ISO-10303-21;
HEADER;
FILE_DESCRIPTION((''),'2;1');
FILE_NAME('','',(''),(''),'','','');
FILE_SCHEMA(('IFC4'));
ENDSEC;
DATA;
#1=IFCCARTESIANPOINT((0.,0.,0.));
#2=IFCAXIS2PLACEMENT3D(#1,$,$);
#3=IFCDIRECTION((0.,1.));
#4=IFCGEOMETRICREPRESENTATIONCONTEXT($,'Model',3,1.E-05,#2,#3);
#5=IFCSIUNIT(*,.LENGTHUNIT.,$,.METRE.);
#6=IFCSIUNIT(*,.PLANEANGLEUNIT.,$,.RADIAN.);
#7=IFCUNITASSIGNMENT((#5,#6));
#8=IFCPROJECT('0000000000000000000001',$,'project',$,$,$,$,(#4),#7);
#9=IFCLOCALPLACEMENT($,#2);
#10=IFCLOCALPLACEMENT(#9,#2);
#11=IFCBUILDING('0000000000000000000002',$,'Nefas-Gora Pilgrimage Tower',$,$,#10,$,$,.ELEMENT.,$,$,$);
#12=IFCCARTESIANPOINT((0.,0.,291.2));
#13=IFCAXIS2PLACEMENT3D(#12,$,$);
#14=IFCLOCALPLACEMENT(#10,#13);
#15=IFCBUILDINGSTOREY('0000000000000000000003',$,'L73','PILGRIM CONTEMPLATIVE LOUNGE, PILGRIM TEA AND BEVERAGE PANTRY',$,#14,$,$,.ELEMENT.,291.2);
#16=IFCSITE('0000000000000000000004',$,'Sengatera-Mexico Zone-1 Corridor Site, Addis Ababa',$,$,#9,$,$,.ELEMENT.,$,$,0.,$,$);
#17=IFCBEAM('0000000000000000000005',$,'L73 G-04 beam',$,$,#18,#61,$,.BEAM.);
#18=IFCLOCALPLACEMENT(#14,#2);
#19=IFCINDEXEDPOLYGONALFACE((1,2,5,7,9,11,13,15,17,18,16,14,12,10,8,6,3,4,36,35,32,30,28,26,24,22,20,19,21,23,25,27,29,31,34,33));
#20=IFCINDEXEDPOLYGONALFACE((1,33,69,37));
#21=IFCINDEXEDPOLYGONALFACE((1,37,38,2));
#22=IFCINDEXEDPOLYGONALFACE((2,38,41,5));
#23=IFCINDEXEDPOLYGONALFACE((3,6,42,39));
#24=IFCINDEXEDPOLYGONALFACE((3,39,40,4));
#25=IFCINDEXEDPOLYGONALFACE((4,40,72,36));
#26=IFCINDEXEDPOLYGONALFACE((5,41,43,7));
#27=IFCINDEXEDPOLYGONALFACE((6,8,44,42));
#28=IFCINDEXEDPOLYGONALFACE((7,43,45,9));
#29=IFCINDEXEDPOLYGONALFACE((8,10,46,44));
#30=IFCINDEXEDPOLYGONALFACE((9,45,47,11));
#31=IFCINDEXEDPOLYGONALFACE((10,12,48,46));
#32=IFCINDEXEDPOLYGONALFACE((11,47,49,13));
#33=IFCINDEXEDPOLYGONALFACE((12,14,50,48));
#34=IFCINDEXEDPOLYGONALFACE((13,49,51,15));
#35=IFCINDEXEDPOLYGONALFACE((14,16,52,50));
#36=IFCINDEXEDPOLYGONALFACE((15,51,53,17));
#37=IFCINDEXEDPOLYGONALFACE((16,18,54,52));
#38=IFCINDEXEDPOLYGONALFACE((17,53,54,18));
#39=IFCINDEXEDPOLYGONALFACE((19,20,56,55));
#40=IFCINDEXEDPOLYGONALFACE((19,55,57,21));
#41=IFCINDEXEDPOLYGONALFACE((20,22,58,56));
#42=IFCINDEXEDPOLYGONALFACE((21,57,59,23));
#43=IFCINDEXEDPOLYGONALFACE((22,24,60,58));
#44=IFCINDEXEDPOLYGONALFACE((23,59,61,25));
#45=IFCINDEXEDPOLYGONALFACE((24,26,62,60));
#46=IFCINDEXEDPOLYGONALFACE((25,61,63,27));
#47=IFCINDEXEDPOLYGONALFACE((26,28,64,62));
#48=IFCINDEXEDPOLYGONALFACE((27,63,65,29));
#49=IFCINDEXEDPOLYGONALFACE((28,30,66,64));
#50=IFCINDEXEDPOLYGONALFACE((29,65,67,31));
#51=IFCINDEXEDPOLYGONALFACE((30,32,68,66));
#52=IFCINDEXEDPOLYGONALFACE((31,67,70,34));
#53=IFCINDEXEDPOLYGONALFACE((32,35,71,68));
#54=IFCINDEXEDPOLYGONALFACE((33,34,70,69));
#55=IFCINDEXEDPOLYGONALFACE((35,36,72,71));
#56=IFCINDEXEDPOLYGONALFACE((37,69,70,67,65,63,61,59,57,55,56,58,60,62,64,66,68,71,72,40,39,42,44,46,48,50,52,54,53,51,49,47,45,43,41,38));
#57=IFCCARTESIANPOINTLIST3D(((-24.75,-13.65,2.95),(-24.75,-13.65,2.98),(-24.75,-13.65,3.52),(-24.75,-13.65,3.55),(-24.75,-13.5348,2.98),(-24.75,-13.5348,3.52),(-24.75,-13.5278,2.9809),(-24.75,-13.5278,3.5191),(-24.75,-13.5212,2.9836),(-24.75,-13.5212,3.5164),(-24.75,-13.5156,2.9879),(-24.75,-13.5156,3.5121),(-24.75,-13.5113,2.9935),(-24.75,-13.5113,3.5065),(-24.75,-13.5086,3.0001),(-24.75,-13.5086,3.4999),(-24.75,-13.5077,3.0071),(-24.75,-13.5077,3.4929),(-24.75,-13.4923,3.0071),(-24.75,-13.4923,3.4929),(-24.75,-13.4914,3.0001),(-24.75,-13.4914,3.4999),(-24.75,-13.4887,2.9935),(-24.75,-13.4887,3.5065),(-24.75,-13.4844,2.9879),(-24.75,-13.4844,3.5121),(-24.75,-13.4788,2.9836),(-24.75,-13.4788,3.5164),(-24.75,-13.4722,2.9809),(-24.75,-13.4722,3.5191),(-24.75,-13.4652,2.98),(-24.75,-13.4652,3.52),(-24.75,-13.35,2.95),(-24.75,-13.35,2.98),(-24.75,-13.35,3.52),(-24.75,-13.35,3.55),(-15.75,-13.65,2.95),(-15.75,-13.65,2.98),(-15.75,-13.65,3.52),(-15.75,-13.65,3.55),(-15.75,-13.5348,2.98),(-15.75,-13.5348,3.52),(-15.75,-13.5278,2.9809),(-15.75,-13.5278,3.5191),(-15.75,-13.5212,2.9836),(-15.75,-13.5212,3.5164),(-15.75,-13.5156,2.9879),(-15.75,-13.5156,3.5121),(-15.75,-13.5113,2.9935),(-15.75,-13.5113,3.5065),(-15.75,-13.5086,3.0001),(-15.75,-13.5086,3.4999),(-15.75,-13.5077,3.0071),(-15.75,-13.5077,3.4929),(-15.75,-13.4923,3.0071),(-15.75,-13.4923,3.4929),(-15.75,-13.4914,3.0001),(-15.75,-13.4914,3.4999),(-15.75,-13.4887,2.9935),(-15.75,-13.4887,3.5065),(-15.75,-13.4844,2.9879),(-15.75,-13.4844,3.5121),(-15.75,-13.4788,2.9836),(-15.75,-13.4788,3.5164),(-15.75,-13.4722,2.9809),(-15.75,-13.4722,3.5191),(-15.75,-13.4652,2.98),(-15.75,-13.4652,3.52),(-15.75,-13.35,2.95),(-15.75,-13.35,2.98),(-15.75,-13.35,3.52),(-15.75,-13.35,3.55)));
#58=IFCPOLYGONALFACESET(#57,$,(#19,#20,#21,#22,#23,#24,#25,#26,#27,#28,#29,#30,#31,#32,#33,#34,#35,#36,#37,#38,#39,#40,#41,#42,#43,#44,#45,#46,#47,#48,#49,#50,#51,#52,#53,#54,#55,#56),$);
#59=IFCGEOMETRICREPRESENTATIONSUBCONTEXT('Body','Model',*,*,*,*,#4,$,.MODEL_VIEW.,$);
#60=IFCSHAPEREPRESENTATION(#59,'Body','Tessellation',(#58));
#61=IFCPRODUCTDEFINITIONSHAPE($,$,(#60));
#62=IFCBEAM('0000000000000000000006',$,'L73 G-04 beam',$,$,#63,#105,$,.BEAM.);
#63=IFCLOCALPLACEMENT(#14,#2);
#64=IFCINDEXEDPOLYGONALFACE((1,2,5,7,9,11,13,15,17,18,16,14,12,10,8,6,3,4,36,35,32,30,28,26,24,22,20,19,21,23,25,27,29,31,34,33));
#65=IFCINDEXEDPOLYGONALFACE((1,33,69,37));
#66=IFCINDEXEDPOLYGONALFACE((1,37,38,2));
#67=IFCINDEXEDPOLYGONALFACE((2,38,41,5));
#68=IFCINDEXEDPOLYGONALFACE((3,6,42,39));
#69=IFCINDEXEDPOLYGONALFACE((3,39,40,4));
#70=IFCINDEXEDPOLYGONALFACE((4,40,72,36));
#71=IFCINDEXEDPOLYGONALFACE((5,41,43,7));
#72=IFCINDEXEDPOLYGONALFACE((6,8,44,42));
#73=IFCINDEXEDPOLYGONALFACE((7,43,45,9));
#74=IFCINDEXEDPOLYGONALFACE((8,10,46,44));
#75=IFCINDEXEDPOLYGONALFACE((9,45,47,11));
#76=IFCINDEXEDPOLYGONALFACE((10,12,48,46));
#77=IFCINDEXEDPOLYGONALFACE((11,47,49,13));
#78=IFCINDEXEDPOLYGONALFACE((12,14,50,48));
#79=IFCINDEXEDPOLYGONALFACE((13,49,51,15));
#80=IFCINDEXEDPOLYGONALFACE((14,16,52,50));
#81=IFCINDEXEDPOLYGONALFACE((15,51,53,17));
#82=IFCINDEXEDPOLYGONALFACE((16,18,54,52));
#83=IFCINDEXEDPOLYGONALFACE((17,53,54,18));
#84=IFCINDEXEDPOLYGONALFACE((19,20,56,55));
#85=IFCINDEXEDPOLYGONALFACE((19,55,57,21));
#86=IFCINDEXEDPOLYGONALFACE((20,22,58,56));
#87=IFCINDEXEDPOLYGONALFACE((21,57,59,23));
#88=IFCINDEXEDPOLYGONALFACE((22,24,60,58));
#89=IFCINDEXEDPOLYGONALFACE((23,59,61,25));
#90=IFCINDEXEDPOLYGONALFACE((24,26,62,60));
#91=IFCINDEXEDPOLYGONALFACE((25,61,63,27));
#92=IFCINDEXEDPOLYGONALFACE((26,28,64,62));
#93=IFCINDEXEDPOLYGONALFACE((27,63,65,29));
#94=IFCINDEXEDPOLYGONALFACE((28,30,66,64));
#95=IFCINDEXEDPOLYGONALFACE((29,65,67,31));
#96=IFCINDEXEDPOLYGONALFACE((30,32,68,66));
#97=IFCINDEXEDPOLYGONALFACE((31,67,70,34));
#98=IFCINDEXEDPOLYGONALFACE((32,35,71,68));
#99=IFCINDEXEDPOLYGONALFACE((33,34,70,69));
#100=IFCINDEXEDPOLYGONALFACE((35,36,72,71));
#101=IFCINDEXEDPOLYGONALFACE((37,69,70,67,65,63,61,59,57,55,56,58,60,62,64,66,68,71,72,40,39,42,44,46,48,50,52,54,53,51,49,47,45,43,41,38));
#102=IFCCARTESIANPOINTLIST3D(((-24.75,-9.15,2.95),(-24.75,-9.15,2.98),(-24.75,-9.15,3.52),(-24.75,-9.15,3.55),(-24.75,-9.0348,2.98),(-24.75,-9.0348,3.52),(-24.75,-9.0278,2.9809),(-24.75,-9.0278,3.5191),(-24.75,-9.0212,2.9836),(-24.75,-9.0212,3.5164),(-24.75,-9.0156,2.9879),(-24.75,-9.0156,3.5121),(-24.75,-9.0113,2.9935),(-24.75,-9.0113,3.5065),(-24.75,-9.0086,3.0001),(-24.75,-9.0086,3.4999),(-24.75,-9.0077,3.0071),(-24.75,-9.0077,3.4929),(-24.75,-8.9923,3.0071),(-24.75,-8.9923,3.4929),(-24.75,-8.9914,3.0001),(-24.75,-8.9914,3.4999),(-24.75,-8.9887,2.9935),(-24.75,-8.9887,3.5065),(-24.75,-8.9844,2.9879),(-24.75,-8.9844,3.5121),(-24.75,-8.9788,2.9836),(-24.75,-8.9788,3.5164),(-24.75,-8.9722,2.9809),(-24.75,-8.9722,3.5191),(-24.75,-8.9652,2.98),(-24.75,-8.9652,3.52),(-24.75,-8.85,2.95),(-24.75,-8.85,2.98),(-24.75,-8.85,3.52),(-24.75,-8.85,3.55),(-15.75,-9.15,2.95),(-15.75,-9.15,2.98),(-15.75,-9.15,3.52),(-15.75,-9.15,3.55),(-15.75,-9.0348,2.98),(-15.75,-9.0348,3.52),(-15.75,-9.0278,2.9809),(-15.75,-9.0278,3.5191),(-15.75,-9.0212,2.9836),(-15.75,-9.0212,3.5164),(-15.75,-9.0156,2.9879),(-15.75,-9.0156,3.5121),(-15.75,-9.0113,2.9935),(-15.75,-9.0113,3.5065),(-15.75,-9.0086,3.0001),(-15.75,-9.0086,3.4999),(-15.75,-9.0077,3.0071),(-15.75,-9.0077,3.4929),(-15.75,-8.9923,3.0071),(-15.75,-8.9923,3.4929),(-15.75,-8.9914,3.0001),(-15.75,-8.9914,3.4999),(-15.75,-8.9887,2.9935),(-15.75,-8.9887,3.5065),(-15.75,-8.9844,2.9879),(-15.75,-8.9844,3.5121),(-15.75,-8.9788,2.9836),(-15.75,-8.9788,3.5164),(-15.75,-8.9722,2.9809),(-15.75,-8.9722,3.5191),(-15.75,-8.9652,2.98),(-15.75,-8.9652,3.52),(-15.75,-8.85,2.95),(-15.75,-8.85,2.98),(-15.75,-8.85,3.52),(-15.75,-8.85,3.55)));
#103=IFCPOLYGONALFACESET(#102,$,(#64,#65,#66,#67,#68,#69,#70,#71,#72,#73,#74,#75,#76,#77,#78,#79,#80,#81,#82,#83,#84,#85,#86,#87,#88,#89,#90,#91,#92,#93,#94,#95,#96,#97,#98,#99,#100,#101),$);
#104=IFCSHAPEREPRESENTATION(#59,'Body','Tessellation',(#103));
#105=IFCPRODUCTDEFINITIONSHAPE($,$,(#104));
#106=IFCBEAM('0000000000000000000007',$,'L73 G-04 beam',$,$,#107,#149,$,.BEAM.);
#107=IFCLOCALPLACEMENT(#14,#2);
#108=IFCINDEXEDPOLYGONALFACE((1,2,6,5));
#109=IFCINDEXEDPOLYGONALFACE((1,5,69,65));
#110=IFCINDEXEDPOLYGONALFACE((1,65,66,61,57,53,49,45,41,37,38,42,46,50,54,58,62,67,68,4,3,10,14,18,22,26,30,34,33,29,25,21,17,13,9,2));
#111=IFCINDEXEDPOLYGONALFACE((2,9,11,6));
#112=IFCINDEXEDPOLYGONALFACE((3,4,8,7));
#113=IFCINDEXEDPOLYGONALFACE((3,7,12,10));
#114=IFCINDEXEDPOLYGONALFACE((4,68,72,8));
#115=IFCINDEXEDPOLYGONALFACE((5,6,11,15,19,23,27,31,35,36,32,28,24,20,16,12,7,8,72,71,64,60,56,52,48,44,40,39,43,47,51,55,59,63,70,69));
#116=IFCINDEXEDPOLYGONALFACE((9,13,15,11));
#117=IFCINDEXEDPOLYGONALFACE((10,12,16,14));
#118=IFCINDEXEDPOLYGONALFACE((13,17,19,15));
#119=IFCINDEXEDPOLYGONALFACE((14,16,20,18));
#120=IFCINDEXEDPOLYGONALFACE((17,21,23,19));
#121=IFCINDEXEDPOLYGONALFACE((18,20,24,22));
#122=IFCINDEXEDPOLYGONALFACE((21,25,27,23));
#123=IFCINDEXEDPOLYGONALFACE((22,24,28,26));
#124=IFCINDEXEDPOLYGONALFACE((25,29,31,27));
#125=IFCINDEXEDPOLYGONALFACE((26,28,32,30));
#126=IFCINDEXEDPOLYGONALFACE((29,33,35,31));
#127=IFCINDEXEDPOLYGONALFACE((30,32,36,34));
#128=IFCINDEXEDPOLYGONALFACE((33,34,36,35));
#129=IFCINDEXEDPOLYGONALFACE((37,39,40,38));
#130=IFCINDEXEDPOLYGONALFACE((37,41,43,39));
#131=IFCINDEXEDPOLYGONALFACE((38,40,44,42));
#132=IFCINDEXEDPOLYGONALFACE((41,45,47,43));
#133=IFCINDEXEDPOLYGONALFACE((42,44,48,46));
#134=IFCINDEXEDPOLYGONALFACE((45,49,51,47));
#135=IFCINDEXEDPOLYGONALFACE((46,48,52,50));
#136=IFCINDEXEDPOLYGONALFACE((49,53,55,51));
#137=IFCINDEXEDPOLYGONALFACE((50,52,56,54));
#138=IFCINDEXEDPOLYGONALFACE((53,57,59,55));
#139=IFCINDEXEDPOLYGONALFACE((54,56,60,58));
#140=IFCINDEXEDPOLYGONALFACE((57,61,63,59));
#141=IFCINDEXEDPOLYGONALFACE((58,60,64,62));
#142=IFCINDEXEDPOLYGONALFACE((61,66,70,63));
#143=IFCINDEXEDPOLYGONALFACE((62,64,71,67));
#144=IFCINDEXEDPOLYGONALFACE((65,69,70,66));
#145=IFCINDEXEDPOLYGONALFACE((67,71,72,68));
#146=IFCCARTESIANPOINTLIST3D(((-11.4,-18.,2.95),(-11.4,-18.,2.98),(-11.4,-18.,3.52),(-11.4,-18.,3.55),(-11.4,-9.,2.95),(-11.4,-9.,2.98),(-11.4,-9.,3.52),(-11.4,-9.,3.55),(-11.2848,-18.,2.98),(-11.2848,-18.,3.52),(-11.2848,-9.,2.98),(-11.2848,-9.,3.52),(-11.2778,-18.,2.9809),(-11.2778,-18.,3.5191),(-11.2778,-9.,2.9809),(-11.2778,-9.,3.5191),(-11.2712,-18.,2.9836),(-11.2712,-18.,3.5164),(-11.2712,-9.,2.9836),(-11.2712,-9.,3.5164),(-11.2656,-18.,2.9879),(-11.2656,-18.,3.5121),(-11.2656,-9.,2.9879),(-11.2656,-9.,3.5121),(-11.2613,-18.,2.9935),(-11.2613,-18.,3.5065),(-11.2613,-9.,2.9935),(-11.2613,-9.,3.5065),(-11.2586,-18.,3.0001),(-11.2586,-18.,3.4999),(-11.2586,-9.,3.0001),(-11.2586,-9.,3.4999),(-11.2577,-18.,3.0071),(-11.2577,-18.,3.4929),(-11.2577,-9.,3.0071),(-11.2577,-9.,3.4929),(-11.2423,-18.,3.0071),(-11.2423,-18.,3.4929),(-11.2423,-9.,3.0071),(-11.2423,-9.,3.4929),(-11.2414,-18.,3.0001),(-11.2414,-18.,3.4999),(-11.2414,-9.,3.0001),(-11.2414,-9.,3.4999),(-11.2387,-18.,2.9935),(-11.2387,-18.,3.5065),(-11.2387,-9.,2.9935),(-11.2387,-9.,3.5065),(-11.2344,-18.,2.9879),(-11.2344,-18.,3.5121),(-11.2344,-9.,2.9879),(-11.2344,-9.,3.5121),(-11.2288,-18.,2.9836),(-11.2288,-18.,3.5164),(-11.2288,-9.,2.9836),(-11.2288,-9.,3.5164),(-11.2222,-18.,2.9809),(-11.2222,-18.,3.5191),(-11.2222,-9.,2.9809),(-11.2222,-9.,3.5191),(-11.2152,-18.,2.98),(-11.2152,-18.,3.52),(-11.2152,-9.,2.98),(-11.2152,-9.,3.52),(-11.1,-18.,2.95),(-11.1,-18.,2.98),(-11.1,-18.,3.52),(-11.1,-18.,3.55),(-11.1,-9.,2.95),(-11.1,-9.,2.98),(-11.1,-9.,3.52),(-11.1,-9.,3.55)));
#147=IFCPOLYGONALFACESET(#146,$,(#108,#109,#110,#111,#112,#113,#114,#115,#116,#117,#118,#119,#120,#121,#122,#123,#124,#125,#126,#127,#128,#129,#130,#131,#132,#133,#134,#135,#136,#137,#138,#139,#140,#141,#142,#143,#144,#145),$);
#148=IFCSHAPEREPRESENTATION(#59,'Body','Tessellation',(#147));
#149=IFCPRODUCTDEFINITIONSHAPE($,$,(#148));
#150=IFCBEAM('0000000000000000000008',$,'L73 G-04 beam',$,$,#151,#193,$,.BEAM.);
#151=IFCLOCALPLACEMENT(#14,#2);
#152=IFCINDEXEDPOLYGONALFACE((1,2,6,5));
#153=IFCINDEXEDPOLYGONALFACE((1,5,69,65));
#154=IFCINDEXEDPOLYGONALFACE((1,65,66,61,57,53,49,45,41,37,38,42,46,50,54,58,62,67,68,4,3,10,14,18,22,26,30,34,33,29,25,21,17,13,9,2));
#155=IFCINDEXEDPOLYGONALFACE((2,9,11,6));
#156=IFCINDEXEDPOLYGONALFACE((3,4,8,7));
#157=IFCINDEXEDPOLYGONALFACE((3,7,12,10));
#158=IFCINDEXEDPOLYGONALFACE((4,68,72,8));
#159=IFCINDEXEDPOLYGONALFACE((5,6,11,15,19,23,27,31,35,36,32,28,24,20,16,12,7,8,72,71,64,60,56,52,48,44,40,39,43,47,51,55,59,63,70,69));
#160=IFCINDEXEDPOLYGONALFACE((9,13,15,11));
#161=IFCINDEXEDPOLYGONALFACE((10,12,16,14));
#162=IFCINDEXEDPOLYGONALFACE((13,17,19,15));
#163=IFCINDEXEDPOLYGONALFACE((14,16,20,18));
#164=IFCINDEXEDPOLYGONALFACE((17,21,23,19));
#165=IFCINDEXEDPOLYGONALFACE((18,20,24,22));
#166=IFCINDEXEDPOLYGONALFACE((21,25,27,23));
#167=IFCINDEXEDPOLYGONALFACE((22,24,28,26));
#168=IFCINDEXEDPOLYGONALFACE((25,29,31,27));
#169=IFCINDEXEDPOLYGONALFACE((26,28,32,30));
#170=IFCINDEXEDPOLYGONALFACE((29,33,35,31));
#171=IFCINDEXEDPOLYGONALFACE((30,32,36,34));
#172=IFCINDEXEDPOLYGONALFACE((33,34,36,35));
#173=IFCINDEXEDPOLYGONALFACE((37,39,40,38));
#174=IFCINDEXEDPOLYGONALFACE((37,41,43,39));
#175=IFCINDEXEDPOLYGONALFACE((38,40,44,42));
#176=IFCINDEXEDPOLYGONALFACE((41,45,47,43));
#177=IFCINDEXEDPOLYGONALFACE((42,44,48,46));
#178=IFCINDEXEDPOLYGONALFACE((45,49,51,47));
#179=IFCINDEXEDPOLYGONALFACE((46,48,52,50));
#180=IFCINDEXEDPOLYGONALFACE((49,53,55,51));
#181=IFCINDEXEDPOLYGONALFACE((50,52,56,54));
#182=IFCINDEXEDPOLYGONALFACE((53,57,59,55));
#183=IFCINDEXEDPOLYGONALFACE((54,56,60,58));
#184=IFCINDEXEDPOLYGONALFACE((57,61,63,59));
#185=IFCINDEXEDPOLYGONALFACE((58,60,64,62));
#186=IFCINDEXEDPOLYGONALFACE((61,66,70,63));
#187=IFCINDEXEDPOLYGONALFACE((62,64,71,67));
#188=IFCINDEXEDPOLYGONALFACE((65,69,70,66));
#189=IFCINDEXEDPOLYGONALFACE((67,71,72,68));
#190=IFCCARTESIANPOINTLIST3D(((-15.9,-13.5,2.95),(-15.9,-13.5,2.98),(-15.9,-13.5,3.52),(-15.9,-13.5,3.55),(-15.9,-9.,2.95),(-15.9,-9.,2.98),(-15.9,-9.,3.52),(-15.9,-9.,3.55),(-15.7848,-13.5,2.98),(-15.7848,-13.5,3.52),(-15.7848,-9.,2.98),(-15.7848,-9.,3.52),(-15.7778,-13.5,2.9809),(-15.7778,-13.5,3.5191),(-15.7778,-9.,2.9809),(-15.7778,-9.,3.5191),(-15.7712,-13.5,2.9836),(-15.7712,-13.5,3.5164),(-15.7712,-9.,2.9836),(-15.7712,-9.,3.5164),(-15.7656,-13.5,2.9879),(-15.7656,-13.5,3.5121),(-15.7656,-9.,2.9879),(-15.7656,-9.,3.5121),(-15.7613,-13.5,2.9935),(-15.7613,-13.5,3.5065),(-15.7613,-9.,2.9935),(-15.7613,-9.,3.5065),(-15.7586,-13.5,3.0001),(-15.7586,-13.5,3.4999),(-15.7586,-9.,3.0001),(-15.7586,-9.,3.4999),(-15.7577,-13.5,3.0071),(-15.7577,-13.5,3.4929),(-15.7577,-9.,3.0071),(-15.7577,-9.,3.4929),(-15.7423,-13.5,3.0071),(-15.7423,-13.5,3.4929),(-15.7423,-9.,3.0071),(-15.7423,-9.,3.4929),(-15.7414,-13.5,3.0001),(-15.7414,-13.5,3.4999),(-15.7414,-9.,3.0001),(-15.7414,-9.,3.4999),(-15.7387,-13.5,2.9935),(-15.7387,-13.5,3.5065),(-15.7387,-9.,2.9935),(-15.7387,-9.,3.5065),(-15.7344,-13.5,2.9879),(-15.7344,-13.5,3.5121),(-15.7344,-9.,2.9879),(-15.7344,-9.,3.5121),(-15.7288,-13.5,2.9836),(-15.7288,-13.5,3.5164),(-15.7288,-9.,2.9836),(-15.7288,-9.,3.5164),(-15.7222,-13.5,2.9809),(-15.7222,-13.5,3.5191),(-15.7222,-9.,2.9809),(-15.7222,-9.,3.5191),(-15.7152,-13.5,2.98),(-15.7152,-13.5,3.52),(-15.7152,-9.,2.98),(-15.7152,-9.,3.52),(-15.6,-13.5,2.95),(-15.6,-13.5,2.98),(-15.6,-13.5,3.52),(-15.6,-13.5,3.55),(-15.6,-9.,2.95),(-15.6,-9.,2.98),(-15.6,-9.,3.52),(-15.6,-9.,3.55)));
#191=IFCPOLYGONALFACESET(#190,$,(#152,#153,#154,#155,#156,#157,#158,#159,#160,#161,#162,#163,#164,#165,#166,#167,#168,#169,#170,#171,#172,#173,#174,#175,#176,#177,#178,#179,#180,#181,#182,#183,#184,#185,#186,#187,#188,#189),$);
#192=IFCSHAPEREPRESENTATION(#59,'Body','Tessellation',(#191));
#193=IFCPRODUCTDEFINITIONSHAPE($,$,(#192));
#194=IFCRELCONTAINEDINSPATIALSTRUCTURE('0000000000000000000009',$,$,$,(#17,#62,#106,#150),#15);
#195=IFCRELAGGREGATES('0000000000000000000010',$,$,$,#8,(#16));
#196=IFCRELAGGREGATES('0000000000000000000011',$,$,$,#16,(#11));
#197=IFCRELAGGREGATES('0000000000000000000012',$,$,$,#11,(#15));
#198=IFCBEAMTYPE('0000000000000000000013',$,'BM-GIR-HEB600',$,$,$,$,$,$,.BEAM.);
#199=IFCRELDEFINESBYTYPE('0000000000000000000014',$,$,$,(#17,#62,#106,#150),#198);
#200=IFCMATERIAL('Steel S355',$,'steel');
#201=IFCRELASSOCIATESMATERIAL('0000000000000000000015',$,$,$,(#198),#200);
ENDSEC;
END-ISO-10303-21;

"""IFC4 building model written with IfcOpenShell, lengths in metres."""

from ifc_helpers import new_model, si_unit, direction, frame, origin, origin_2d, place, context, subcontext, project, spatial, i_section, extrude, source, transform, mapped, material, material_profile, profile_set, type_object, element, save


model = new_model("IFC4")

# Units and contexts
model_context = context("Model", 3, precision=1e-05, world=origin(), true_north=direction((0.0, 1.0)))
body_context = subcontext(model_context, "Body", "Model", "MODEL_VIEW")
ifc_project = project(units=[si_unit("LENGTHUNIT", "METRE"), si_unit("PLANEANGLEUNIT", "RADIAN")], contexts=[model_context])

# Site, building, storey
site_placement = place(None, origin())
site = spatial("IfcSite", under=ifc_project, at=site_placement, Name="Sengatera-Mexico Zone-1 Corridor Site, Addis Ababa", CompositionType="ELEMENT", RefElevation=0.0)
building_placement = place(site_placement, origin())
building = spatial("IfcBuilding", under=site, at=building_placement, Name="Nefas-Gora Pilgrimage Tower", CompositionType="ELEMENT")
storey_placement = place(building_placement, frame((0.0, 0.0, 291.2)))
storey = spatial("IfcBuildingStorey", under=building, at=storey_placement, Name="L73", Description="PILGRIM CONTEMPLATIVE LOUNGE, PILGRIM TEA AND BEVERAGE PANTRY", CompositionType="ELEMENT", Elevation=291.2)

# Shared definitions
ifc_material_1 = material(Name="Steel S355", Category="steel")

# Beams
ifc_material_profile_1 = material_profile(ifc_material_1, i_section(OverallWidth=0.3, OverallDepth=0.6001, WebThickness=0.0154, FlangeThickness=0.03, FilletRadius=0.0271, at=origin_2d()), Name="HEB 600")
ifc_profile_set_1 = profile_set([ifc_material_profile_1], Name="Steel S355")
beam_type_1 = type_object("IfcBeamType", Name="BM-GIR-HEB600", PredefinedType="BEAM", material=ifc_profile_set_1)
shared_shape_1 = source(origin(), body_context, "Body", "SweptSolid", [
    extrude(i_section(OverallWidth=0.3, OverallDepth=0.6001, WebThickness=0.0154, FlangeThickness=0.03, FilletRadius=0.0271, at=origin_2d()), origin(), (0.0, 0.0, 1.0), 9.0),
])
for number, where, z_axis, x_axis, name in (
    (1, (-24.75, -13.5, 3.25), (1.0, 0.0, 0.0), (0.0, 1.0, 0.0), "L73 G-04 beam"),
    (2, (-24.75, -9.0, 3.25), (1.0, 0.0, 0.0), (0.0, 1.0, 0.0), "L73 G-04 beam"),
    (3, (-11.25, -18.0, 3.25), (0.0, 1.0, 0.0), (-1.0, 0.0, 0.0), "L73 G-04 beam"),
):
    element("IfcBeam", number, at=place(storey_placement, frame(where, z_axis=z_axis, x_axis=x_axis)), inside=storey, type_object=beam_type_1, Name=name, PredefinedType="BEAM", context=body_context, shape_type="MappedRepresentation", body=[
        mapped(shared_shape_1, transform((0.0, 0.0, 0.0), x_axis=(1.0, 0.0, 0.0), y_axis=(0.0, 1.0, 0.0), z_axis=(0.0, 0.0, 1.0), scale=1.0)),
    ])
shared_shape_2 = source(origin(), body_context, "Body", "SweptSolid", [
    extrude(i_section(OverallWidth=0.3, OverallDepth=0.6001, WebThickness=0.0154, FlangeThickness=0.03, FilletRadius=0.0271, at=origin_2d()), origin(), (0.0, 0.0, 1.0), 4.5),
])
for number, where, z_axis, x_axis, name in (
    (4, (-15.75, -13.5, 3.25), (0.0, 1.0, 0.0), (-1.0, 0.0, 0.0), "L73 G-04 beam"),
):
    element("IfcBeam", number, at=place(storey_placement, frame(where, z_axis=z_axis, x_axis=x_axis)), inside=storey, type_object=beam_type_1, Name=name, PredefinedType="BEAM", context=body_context, shape_type="MappedRepresentation", body=[
        mapped(shared_shape_2, transform((0.0, 0.0, 0.0), x_axis=(1.0, 0.0, 0.0), y_axis=(0.0, 1.0, 0.0), z_axis=(0.0, 0.0, 1.0), scale=1.0)),
    ])

save(model, "model.ifc")
